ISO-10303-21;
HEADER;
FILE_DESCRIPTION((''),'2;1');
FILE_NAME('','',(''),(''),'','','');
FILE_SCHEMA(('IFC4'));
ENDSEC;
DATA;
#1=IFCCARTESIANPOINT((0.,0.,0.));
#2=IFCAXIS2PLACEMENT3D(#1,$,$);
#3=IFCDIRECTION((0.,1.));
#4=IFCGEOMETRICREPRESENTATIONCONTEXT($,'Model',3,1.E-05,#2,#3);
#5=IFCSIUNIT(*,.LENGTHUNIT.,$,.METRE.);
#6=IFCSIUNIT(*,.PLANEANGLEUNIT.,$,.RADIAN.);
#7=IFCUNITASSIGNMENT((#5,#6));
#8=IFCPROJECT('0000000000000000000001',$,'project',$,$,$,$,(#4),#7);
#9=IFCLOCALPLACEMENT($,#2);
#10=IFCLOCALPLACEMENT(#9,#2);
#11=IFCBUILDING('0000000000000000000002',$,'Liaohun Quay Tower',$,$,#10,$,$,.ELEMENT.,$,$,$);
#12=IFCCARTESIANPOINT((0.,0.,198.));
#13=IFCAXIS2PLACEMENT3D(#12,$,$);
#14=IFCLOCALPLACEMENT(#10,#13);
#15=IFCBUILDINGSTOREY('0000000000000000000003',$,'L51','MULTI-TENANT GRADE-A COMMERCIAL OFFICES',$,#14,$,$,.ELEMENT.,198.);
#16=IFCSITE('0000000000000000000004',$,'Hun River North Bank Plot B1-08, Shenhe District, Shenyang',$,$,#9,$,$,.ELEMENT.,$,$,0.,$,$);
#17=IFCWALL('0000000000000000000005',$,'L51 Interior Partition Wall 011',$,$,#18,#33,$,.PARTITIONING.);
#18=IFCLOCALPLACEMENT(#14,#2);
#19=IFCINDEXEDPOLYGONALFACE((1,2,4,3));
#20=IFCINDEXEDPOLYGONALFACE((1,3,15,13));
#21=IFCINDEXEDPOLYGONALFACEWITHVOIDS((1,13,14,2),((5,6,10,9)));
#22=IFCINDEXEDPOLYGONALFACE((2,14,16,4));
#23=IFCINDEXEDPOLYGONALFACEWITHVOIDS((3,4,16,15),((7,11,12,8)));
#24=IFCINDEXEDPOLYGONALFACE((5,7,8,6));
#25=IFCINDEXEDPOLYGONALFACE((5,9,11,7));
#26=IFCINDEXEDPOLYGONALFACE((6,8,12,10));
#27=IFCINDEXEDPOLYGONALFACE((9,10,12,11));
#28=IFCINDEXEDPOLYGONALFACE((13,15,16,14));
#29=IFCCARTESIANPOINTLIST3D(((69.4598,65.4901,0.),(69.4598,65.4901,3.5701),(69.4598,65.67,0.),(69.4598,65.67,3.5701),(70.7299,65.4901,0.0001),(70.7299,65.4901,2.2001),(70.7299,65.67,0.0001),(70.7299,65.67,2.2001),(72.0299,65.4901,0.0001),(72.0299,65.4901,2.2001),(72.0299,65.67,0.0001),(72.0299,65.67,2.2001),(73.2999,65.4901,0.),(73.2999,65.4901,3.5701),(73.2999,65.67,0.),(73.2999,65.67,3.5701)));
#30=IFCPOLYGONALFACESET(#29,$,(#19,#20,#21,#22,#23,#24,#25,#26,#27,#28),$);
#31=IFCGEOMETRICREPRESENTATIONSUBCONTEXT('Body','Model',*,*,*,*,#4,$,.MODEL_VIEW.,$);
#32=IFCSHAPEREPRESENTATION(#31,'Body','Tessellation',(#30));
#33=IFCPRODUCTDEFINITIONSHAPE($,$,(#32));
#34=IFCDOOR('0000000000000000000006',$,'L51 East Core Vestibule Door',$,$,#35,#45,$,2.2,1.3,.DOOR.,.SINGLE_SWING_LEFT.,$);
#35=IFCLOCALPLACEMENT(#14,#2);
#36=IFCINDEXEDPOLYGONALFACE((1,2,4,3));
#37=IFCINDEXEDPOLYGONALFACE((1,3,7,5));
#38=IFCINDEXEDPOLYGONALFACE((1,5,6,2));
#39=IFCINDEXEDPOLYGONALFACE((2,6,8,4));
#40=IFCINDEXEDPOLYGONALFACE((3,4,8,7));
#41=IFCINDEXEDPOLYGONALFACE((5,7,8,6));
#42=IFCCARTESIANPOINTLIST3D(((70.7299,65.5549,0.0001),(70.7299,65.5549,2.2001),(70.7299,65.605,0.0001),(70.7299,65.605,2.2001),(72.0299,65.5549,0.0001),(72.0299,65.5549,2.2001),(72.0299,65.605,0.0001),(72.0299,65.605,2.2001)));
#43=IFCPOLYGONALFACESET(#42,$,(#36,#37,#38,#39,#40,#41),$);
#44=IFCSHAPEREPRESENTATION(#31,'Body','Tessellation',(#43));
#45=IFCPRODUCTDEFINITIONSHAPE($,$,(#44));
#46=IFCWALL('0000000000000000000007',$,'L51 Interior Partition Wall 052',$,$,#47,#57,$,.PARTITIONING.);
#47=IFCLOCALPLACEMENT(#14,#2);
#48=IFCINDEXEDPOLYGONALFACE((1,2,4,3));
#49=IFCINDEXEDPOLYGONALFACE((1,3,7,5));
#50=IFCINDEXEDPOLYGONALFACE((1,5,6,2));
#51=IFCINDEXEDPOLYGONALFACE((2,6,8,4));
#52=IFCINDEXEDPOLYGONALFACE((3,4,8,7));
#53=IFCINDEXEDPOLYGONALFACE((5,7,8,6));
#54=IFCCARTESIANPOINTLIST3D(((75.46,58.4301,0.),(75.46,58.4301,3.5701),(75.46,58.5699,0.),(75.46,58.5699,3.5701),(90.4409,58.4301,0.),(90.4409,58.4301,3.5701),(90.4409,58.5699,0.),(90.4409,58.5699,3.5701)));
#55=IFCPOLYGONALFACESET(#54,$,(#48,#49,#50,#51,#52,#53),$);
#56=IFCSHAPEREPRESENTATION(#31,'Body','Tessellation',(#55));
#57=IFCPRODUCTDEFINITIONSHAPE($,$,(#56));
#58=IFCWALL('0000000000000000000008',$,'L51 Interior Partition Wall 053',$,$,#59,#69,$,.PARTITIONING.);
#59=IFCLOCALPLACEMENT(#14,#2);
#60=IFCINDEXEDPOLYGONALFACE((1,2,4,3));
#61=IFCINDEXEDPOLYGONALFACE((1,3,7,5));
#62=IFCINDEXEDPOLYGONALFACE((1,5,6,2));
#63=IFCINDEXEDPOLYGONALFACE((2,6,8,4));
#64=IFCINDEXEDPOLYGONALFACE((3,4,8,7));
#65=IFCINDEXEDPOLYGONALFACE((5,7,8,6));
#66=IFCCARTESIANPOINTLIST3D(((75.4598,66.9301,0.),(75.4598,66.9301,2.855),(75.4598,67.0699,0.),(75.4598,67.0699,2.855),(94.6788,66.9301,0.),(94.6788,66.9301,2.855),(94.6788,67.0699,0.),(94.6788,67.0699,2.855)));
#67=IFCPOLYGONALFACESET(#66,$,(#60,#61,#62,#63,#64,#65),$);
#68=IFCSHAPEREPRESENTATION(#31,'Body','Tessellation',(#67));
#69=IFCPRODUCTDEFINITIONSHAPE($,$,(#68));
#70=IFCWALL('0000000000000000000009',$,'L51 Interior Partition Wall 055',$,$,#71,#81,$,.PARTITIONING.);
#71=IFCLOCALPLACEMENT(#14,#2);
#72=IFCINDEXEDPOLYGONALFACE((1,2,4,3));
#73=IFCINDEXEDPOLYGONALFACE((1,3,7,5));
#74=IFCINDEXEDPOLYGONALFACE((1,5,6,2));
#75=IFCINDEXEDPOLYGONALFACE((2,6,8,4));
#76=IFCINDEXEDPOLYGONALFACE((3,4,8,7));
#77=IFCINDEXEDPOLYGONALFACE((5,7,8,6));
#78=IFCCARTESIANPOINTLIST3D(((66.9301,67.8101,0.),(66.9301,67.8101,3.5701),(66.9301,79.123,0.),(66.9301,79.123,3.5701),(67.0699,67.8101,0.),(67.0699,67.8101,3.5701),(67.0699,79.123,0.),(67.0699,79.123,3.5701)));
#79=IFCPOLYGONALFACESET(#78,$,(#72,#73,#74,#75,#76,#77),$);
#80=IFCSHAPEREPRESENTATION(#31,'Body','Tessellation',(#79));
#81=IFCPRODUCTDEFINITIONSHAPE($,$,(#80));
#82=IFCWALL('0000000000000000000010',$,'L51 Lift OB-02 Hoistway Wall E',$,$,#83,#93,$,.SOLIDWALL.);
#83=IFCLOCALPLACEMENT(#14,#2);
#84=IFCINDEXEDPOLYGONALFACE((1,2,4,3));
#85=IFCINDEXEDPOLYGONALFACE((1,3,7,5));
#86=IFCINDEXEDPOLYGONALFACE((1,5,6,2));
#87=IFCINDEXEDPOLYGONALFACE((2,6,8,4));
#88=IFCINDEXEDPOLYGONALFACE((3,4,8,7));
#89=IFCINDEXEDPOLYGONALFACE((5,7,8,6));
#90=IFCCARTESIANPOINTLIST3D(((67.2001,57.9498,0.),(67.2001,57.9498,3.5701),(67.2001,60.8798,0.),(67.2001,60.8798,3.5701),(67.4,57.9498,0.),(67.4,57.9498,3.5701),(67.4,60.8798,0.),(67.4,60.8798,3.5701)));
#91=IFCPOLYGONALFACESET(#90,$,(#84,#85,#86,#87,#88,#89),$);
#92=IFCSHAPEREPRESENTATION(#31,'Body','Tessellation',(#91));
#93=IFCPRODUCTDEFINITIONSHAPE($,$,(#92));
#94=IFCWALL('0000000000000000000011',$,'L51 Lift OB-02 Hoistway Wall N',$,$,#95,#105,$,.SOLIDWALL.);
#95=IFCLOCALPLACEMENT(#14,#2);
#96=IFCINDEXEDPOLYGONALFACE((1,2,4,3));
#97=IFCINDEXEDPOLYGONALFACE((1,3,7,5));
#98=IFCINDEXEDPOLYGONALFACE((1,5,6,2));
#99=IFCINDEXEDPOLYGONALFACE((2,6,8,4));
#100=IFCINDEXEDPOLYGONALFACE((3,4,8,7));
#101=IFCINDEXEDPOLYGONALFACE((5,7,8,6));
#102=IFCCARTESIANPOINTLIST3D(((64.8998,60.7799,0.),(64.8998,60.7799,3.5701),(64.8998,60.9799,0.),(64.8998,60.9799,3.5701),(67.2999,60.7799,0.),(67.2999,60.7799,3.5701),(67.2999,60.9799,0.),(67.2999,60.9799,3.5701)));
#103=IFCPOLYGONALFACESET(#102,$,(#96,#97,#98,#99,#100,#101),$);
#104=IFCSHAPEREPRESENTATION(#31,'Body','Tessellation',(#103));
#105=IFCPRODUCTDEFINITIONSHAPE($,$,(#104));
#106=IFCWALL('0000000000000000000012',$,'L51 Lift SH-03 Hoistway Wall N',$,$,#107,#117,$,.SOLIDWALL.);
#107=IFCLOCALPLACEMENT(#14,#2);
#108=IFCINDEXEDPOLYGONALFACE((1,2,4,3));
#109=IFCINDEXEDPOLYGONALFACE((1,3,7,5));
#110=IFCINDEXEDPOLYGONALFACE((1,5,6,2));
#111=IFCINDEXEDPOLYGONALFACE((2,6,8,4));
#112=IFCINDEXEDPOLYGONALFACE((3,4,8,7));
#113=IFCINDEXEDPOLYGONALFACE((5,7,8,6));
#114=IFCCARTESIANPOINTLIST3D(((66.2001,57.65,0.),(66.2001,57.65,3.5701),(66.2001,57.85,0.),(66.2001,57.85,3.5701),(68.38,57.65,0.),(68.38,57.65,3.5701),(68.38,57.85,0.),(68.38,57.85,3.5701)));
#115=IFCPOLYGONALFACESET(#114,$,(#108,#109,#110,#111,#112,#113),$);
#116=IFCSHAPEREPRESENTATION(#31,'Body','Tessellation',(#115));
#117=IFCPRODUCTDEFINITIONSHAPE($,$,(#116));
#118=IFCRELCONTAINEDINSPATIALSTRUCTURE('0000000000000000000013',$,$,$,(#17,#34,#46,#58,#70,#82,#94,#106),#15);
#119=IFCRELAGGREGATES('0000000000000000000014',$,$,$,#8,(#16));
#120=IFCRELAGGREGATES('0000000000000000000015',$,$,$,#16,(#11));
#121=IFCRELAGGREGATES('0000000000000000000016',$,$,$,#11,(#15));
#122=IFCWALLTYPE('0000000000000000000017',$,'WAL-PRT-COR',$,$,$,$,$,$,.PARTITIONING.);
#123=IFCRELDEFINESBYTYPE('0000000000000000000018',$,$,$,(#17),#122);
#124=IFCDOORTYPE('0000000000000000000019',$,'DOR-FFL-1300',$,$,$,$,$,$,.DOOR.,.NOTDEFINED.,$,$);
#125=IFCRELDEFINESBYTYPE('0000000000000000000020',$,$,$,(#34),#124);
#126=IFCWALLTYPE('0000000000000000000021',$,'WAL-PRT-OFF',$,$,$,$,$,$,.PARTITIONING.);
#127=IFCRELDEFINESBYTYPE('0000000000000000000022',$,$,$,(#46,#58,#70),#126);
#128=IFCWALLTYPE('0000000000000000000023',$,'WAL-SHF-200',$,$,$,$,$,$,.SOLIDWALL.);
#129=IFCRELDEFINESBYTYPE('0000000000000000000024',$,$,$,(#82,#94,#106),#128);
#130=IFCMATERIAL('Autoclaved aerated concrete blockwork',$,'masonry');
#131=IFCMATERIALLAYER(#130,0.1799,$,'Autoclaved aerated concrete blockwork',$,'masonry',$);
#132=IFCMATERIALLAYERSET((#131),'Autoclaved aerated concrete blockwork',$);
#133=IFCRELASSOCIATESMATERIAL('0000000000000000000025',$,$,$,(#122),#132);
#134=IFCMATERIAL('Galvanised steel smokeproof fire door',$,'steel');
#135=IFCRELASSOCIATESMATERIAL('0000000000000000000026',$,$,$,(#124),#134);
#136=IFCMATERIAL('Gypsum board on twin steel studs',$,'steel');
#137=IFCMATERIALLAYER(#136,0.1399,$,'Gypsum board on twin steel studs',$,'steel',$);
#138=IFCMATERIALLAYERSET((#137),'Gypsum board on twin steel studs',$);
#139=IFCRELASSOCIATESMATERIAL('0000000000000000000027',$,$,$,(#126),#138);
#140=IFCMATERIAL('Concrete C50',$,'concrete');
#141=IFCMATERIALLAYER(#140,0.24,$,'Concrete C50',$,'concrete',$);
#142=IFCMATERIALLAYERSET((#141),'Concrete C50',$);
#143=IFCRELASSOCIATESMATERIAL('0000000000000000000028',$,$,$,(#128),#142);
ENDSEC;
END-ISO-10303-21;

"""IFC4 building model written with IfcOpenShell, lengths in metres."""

from ifc_helpers import new_model, si_unit, direction, frame, frame_2d, origin, place, context, subcontext, project, spatial, rectangle, extrude, source, transform, mapped, material, layer, layer_set, type_object, element, fill, save


model = new_model("IFC4")

# Units and contexts
model_context = context("Model", 3, precision=1e-05, world=origin(), true_north=direction((0.0, 1.0)))
body_context = subcontext(model_context, "Body", "Model", "MODEL_VIEW")
ifc_project = project(units=[si_unit("LENGTHUNIT", "METRE"), si_unit("PLANEANGLEUNIT", "RADIAN")], contexts=[model_context])

# Site, building, storey
site_placement = place(None, origin())
site = spatial("IfcSite", under=ifc_project, at=site_placement, Name="Hun River North Bank Plot B1-08, Shenhe District, Shenyang", CompositionType="ELEMENT", RefElevation=0.0)
building_placement = place(site_placement, origin())
building = spatial("IfcBuilding", under=site, at=building_placement, Name="Liaohun Quay Tower", CompositionType="ELEMENT")
storey_placement = place(building_placement, frame((0.0, 0.0, 198.0)))
storey = spatial("IfcBuildingStorey", under=building, at=storey_placement, Name="L51", Description="MULTI-TENANT GRADE-A COMMERCIAL OFFICES", CompositionType="ELEMENT", Elevation=198.0)

# Wall, opening, door
ifc_material_1 = material(Name="Autoclaved aerated concrete blockwork", Category="masonry")
ifc_layer_1 = layer(ifc_material_1, 0.1799, Name="Autoclaved aerated concrete blockwork", Category="masonry")
ifc_layer_set_1 = layer_set([ifc_layer_1], Name="Autoclaved aerated concrete blockwork")
wall_type_1 = type_object("IfcWallType", Name="WAL-PRT-COR", PredefinedType="PARTITIONING", material=ifc_layer_set_1)
wall_1_placement = place(storey_placement, frame((69.46, 65.5801, 0.0), z_axis=(0.0, 0.0, 1.0), x_axis=(1.0, 0.0, 0.0)))
wall_1 = element("IfcWall", 1, at=wall_1_placement, inside=storey, type_object=wall_type_1, Name="L51 Interior Partition Wall 011", PredefinedType="PARTITIONING", context=body_context, shape_type="SweptSolid", body=[
    extrude(rectangle(XDim=3.8401, YDim=0.1799, at=frame_2d((1.9199, 0.0))), origin(), (0.0, 0.0, 1.0), 3.5701),
])
shared_shape_1 = source(origin(), body_context, "Body", "SweptSolid", [
    extrude(rectangle(XDim=1.3, YDim=2.2, at=frame_2d((0.6499, 1.1001))), frame((0.0, 0.0999, 0.0), z_axis=(0.0, -1.0, 0.0), x_axis=(1.0, 0.0, 0.0)), (0.0, 0.0, 1.0), 0.2),
])
opening_1_placement = place(wall_1_placement, frame((1.27, 0.0, 0.0)))
opening_1 = element("IfcOpeningElement", 2, at=opening_1_placement, cuts=wall_1, PredefinedType="OPENING", context=body_context, shape_type="MappedRepresentation", body=[
    mapped(shared_shape_1, transform((0.0, 0.0, 0.0), x_axis=(1.0, 0.0, 0.0), y_axis=(0.0, 1.0, 0.0), z_axis=(0.0, 0.0, 1.0), scale=1.0)),
])
ifc_material_2 = material(Name="Galvanised steel smokeproof fire door", Category="steel")
door_type_1 = type_object("IfcDoorType", Name="DOR-FFL-1300", OperationType="NOTDEFINED", PredefinedType="DOOR", material=ifc_material_2)
shared_shape_2 = source(origin(), body_context, "Body", "SweptSolid", [
    extrude(rectangle(XDim=1.3, YDim=2.2, at=frame_2d((0.6499, 1.1001))), frame((0.0, 0.0249, 0.0), z_axis=(0.0, -1.0, 0.0), x_axis=(1.0, 0.0, 0.0)), (0.0, 0.0, 1.0), 0.05),
])
door_1_placement = place(opening_1_placement, origin())
door_1 = element("IfcDoor", 3, at=door_1_placement, inside=storey, type_object=door_type_1, Name="L51 East Core Vestibule Door", OperationType="SINGLE_SWING_LEFT", OverallHeight=2.2, OverallWidth=1.3, PredefinedType="DOOR", context=body_context, shape_type="MappedRepresentation", body=[
    mapped(shared_shape_2, transform((0.0, 0.0, 0.0), x_axis=(1.0, 0.0, 0.0), y_axis=(0.0, 1.0, 0.0), z_axis=(0.0, 0.0, 1.0), scale=1.0)),
])
fill(opening_1, door_1)

# Walls
ifc_material_3 = material(Name="Gypsum board on twin steel studs", Category="steel")
ifc_layer_2 = layer(ifc_material_3, 0.1399, Name="Gypsum board on twin steel studs", Category="steel")
ifc_layer_set_2 = layer_set([ifc_layer_2], Name="Gypsum board on twin steel studs")
wall_type_2 = type_object("IfcWallType", Name="WAL-PRT-OFF", PredefinedType="PARTITIONING", material=ifc_layer_set_2)
wall_2_placement = place(storey_placement, frame((75.46, 58.5, 0.0), z_axis=(0.0, 0.0, 1.0), x_axis=(1.0, 0.0, 0.0)))
element("IfcWall", 4, at=wall_2_placement, inside=storey, type_object=wall_type_2, Name="L51 Interior Partition Wall 052", PredefinedType="PARTITIONING", context=body_context, shape_type="SweptSolid", body=[
    extrude(rectangle(XDim=14.981, YDim=0.1399, at=frame_2d((7.4905, 0.0))), origin(), (0.0, 0.0, 1.0), 3.5701),
])
wall_3_placement = place(storey_placement, frame((75.46, 67.0, 0.0), z_axis=(0.0, 0.0, 1.0), x_axis=(1.0, 0.0, 0.0)))
element("IfcWall", 5, at=wall_3_placement, inside=storey, type_object=wall_type_2, Name="L51 Interior Partition Wall 053", PredefinedType="PARTITIONING", context=body_context, shape_type="SweptSolid", body=[
    extrude(rectangle(XDim=19.219, YDim=0.1399, at=frame_2d((9.6094, 0.0))), origin(), (0.0, 0.0, 1.0), 2.855),
])
wall_4_placement = place(storey_placement, frame((67.0, 67.8101, 0.0), z_axis=(0.0, 0.0, 1.0), x_axis=(0.0, 1.0, 0.0)))
element("IfcWall", 6, at=wall_4_placement, inside=storey, type_object=wall_type_2, Name="L51 Interior Partition Wall 055", PredefinedType="PARTITIONING", context=body_context, shape_type="SweptSolid", body=[
    extrude(rectangle(XDim=11.313, YDim=0.1399, at=frame_2d((5.6565, 0.0))), origin(), (0.0, 0.0, 1.0), 3.5701),
])
ifc_material_4 = material(Name="Concrete C50", Category="concrete")
ifc_layer_3 = layer(ifc_material_4, 0.24, Name="Concrete C50", Category="concrete")
ifc_layer_set_3 = layer_set([ifc_layer_3], Name="Concrete C50")
wall_type_3 = type_object("IfcWallType", Name="WAL-SHF-200", PredefinedType="SOLIDWALL", material=ifc_layer_set_3)
wall_5_placement = place(storey_placement, frame((67.3, 57.95, 0.0), z_axis=(0.0, 0.0, 1.0), x_axis=(0.0, 1.0, 0.0)))
element("IfcWall", 7, at=wall_5_placement, inside=storey, type_object=wall_type_3, Name="L51 Lift OB-02 Hoistway Wall E", PredefinedType="SOLIDWALL", context=body_context, shape_type="SweptSolid", body=[
    extrude(rectangle(XDim=2.9299, YDim=0.2, at=frame_2d((1.4648, 0.0))), origin(), (0.0, 0.0, 1.0), 3.5701),
])
wall_6_placement = place(storey_placement, frame((67.3, 60.8799, 0.0), z_axis=(0.0, 0.0, 1.0), x_axis=(-1.0, 0.0, 0.0)))
element("IfcWall", 8, at=wall_6_placement, inside=storey, type_object=wall_type_3, Name="L51 Lift OB-02 Hoistway Wall N", PredefinedType="SOLIDWALL", context=body_context, shape_type="SweptSolid", body=[
    extrude(rectangle(XDim=2.4001, YDim=0.2, at=frame_2d((1.2002, 0.0))), origin(), (0.0, 0.0, 1.0), 3.5701),
])
wall_7_placement = place(storey_placement, frame((68.3799, 57.75, 0.0), z_axis=(0.0, 0.0, 1.0), x_axis=(-1.0, 0.0, 0.0)))
element("IfcWall", 9, at=wall_7_placement, inside=storey, type_object=wall_type_3, Name="L51 Lift SH-03 Hoistway Wall N", PredefinedType="SOLIDWALL", context=body_context, shape_type="SweptSolid", body=[
    extrude(rectangle(XDim=2.1799, YDim=0.2, at=frame_2d((1.0898, 0.0))), origin(), (0.0, 0.0, 1.0), 3.5701),
])

save(model, "model.ifc")
